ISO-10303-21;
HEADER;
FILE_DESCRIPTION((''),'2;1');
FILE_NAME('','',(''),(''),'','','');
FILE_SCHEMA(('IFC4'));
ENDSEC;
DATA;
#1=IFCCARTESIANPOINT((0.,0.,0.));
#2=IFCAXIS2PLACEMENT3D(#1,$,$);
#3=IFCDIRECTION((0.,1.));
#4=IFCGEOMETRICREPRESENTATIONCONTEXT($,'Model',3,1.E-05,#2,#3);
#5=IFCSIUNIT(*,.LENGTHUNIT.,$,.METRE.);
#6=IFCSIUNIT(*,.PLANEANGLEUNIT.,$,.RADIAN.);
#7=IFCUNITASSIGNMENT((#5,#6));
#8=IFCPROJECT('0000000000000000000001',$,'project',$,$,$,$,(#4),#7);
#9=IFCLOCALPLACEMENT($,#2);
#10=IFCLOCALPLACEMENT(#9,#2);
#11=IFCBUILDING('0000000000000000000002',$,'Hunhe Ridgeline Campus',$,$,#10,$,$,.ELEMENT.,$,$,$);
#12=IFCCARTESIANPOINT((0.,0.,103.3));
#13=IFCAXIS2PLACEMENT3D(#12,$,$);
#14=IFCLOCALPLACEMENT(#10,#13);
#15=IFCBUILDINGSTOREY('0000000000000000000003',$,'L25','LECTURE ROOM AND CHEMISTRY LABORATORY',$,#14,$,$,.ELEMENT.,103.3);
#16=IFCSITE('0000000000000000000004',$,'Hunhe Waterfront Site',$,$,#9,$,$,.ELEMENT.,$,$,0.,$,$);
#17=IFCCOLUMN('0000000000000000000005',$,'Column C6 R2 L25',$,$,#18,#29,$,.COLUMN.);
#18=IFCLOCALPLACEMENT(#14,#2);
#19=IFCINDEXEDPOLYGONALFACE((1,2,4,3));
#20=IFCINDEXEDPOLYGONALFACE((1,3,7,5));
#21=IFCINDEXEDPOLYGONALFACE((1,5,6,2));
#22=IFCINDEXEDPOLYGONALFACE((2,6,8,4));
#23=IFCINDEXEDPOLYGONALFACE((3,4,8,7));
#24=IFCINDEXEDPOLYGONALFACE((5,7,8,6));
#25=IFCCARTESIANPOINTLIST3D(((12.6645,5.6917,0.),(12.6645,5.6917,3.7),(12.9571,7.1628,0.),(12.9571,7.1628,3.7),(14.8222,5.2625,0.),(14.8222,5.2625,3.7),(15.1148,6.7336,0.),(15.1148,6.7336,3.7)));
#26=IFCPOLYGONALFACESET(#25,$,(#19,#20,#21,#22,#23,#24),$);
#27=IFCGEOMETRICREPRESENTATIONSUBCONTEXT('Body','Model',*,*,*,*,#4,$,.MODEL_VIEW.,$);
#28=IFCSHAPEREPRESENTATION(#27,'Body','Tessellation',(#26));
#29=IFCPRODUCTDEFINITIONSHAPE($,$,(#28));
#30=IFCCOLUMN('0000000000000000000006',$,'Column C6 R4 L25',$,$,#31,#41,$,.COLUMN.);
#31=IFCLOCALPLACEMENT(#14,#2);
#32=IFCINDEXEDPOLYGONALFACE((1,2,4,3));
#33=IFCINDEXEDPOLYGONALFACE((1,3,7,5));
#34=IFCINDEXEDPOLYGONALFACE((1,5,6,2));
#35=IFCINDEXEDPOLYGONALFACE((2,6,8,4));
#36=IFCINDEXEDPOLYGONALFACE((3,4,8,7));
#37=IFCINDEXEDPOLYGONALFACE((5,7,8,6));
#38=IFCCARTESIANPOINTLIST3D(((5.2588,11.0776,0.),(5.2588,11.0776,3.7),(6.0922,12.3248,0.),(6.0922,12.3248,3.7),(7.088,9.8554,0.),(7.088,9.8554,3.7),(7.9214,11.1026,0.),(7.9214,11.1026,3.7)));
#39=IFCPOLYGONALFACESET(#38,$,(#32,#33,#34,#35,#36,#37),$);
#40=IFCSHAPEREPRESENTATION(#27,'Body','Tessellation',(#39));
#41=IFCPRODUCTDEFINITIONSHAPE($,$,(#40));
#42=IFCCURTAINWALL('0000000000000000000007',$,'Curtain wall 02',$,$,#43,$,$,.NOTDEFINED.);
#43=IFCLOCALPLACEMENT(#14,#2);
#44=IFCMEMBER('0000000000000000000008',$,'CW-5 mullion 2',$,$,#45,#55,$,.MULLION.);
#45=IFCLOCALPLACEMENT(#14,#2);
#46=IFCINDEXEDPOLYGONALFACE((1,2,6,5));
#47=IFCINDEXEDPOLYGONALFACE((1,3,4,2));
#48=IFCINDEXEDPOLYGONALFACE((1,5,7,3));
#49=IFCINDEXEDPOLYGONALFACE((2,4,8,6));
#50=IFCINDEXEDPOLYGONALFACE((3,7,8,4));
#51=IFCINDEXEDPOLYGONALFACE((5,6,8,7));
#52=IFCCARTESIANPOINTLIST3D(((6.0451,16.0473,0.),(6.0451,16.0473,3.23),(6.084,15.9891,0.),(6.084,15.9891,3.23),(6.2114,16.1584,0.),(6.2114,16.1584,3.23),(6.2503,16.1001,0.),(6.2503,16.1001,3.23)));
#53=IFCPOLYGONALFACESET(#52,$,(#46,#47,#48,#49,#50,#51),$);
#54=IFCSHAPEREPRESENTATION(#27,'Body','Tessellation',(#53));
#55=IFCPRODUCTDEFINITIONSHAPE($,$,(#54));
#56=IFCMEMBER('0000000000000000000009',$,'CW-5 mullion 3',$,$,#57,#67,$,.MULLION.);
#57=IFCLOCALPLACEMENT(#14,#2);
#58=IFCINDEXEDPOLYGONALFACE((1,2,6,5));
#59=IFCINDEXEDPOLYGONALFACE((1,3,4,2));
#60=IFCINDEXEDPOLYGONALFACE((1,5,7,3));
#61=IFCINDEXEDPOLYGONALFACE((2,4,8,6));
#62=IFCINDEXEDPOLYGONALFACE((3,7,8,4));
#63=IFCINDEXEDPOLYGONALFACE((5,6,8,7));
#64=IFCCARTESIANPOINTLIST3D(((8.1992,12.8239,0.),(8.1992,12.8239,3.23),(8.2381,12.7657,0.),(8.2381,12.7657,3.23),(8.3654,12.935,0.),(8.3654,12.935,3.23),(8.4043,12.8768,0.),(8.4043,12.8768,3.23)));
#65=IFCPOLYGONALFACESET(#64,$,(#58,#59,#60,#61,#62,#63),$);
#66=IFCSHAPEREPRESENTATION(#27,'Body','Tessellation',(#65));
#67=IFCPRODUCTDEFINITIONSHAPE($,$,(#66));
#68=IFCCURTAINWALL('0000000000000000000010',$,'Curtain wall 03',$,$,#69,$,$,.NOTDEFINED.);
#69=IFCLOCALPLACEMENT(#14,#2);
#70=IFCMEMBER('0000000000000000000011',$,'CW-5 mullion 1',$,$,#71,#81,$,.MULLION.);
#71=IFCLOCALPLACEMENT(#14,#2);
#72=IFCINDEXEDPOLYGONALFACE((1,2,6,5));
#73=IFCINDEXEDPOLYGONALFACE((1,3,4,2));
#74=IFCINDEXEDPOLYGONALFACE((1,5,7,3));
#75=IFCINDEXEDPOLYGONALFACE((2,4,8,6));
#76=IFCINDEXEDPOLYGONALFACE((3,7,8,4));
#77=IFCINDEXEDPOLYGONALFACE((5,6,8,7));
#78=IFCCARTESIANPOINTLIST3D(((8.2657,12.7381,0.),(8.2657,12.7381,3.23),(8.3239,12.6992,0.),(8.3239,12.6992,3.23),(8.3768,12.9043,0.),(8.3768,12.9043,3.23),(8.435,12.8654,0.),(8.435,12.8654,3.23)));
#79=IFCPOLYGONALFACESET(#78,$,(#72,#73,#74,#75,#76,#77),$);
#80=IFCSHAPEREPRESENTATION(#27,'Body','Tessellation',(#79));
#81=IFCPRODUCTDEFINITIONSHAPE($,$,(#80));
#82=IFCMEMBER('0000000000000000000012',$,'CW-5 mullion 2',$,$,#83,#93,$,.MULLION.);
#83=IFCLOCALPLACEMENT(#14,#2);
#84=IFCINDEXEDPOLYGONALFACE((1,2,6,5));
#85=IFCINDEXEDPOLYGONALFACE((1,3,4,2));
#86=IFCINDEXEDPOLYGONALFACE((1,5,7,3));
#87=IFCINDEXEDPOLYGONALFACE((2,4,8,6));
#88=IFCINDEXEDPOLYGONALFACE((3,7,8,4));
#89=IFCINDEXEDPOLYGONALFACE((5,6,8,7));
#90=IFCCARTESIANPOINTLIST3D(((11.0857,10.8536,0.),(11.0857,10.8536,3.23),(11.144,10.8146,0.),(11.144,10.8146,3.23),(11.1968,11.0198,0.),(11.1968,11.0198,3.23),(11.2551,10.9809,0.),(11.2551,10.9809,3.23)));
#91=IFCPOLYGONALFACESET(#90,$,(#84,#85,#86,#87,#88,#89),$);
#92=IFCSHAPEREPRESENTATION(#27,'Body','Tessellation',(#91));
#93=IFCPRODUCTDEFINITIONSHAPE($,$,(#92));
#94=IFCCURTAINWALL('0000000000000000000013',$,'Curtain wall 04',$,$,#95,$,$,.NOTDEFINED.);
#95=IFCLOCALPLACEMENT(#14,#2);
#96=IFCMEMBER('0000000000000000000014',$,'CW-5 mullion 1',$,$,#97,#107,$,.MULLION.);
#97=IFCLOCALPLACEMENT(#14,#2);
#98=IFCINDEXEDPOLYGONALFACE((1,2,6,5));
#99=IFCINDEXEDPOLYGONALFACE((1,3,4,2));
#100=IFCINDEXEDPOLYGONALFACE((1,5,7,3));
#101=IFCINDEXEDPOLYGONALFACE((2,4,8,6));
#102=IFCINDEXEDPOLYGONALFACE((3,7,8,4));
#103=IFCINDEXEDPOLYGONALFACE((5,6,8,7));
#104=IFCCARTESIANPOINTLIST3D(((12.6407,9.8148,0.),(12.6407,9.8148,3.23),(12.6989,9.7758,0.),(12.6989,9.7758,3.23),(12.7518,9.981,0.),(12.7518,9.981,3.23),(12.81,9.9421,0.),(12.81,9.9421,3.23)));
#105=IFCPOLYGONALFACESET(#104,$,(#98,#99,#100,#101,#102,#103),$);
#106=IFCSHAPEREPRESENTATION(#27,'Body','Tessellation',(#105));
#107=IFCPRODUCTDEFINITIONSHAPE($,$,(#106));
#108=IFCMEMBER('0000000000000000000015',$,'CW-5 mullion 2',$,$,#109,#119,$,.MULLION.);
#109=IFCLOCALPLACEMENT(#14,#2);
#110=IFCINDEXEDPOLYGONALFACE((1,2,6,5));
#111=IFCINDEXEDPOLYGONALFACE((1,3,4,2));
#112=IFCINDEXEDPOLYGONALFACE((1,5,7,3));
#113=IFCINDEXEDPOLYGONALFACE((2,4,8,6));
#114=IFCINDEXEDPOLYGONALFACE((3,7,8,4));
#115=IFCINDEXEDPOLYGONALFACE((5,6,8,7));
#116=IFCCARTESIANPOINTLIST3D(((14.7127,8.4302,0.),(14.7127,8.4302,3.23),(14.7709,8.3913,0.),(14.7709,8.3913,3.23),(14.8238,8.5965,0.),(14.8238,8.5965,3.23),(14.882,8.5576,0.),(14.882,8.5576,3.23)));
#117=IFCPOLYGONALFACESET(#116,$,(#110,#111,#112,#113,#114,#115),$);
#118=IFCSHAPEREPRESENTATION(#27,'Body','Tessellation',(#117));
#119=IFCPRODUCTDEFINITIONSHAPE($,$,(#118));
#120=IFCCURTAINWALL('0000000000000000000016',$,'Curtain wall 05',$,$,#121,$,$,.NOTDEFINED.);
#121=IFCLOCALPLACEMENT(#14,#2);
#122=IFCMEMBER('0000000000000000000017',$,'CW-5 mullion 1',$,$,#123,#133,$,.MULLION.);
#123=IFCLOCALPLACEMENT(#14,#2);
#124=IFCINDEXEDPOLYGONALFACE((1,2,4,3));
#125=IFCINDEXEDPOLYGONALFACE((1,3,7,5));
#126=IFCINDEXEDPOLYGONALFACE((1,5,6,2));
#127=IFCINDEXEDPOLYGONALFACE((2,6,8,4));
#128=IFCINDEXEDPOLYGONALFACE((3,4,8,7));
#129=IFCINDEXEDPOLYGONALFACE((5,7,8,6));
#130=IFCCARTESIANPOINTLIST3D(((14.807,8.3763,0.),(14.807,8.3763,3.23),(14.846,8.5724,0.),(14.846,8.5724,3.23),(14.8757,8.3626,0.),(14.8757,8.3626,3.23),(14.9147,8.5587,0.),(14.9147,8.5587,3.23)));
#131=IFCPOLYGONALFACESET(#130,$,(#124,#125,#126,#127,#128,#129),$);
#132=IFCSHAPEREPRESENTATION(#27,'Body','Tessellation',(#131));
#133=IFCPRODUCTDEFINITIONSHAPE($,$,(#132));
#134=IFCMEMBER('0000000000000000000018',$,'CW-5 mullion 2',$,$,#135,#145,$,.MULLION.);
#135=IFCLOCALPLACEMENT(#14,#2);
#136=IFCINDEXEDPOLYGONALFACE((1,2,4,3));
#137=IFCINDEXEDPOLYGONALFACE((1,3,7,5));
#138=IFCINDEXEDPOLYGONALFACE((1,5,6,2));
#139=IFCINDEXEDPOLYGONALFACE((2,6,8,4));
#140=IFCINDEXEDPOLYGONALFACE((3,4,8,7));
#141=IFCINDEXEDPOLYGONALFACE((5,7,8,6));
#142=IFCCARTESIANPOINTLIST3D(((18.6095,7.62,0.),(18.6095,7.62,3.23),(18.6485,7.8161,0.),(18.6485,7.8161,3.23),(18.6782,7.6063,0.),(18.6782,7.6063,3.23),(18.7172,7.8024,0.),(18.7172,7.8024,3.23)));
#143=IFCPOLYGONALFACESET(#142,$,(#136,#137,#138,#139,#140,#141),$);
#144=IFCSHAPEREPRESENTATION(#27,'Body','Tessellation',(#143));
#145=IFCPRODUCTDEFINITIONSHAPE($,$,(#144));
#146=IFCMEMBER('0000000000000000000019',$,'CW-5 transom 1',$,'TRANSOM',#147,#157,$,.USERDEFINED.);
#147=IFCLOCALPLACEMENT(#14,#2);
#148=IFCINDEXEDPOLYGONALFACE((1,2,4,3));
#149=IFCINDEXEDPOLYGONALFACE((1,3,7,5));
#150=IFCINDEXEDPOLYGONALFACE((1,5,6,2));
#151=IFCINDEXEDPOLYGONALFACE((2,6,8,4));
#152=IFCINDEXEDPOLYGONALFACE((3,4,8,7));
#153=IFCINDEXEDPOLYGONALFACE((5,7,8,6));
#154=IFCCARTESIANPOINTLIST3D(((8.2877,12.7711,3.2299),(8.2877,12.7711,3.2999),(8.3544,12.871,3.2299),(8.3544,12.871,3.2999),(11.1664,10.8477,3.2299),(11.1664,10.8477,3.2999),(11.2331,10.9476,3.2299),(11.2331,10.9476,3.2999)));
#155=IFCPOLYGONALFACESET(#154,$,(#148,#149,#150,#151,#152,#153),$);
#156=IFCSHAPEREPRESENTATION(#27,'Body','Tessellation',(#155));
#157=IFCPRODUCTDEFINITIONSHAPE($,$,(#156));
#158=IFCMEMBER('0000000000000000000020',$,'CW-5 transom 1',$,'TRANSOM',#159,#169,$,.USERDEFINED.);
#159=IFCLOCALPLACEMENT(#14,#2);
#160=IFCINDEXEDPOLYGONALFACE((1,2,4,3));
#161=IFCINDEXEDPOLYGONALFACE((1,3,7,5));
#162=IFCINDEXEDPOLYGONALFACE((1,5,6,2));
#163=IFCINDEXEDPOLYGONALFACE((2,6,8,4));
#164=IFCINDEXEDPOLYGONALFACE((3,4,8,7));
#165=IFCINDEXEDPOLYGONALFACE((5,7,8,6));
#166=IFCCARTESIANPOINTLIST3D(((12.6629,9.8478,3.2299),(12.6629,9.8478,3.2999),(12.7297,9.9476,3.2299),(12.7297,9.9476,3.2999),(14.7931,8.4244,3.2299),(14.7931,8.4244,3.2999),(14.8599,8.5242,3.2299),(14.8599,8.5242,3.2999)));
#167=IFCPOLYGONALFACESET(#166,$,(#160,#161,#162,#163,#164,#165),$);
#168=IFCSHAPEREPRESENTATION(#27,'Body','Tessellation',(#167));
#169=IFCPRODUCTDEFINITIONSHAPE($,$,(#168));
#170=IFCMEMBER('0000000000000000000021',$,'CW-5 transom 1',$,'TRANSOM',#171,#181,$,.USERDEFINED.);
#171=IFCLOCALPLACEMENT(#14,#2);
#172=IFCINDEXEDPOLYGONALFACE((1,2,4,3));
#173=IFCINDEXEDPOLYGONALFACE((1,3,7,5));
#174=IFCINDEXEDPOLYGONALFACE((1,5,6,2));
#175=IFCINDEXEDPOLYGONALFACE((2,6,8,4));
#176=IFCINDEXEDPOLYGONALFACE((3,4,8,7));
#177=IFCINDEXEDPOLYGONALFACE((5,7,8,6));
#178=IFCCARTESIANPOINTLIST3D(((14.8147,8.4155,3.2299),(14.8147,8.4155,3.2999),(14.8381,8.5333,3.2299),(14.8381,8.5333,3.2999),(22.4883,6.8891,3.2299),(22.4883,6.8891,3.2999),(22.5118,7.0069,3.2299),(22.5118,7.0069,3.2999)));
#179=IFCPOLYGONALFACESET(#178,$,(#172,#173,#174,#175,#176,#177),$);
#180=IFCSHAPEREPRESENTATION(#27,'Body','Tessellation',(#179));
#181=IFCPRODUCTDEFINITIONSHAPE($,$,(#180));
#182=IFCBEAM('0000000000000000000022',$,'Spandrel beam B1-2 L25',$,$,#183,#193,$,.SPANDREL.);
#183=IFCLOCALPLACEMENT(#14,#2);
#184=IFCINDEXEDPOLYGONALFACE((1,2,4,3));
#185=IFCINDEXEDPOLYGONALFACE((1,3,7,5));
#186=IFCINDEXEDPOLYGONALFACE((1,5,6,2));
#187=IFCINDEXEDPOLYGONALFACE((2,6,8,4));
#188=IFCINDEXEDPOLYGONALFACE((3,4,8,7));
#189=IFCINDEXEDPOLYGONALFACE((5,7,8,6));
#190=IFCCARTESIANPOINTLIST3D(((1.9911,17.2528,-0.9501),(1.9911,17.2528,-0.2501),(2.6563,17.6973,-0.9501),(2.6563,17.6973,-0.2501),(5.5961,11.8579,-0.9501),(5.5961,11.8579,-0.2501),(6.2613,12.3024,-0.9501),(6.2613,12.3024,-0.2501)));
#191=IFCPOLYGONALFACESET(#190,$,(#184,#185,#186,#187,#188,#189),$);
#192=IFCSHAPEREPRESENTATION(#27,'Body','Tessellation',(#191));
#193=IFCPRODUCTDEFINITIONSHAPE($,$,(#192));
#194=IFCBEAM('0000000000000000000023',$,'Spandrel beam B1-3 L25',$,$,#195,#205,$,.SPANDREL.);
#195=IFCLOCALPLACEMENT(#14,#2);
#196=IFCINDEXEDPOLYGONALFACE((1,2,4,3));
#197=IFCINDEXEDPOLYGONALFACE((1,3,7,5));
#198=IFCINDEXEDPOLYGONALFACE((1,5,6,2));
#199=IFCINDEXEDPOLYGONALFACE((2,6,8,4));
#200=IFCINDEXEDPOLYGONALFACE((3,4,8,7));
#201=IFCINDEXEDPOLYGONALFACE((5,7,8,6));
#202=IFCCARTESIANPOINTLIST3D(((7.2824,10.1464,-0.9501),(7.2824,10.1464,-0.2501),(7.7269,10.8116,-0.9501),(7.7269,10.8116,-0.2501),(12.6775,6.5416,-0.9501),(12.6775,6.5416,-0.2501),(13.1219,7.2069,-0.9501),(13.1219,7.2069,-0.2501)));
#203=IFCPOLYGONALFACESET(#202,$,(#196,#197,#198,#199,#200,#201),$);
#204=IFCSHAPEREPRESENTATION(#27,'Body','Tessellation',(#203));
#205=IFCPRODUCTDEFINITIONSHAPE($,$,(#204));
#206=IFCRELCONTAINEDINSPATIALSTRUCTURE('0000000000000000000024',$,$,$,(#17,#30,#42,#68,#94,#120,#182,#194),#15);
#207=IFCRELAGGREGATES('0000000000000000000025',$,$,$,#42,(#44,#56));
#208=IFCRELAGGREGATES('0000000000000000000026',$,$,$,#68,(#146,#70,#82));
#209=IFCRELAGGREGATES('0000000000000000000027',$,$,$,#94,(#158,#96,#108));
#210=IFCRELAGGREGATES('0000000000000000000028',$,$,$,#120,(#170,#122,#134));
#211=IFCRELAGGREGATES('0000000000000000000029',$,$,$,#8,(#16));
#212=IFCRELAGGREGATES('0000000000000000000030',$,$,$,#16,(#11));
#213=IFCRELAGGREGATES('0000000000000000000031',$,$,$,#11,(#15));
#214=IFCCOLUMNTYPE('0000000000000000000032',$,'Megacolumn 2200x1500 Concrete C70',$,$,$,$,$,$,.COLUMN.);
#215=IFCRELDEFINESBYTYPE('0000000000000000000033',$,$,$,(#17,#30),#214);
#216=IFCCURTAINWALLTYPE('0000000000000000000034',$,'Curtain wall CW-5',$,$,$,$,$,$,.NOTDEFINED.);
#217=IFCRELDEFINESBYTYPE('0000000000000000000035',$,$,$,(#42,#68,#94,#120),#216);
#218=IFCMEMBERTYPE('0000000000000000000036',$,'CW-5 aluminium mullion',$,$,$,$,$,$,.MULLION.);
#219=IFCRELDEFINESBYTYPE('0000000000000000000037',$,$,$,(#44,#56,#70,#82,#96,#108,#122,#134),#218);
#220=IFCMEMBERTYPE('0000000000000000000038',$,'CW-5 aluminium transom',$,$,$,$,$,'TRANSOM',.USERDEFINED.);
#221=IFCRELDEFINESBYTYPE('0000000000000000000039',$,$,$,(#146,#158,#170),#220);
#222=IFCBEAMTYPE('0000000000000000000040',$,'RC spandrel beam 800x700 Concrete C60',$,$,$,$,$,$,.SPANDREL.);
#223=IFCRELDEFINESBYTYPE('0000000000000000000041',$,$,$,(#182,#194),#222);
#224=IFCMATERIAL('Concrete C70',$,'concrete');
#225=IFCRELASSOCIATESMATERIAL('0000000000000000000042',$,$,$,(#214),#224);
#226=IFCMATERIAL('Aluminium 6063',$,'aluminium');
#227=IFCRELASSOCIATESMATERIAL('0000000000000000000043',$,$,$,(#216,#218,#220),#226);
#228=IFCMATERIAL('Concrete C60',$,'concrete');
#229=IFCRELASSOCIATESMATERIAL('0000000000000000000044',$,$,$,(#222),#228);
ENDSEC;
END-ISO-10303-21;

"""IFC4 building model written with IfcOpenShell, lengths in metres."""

from ifc_helpers import new_model, si_unit, direction, frame, origin, origin_2d, place, context, subcontext, project, spatial, rectangle, extrude, material, material_profile, profile_set, type_object, element, aggregate, save


model = new_model("IFC4")

# Units and contexts
model_context = context("Model", 3, precision=1e-05, world=origin(), true_north=direction((0.0, 1.0)))
body_context = subcontext(model_context, "Body", "Model", "MODEL_VIEW")
ifc_project = project(units=[si_unit("LENGTHUNIT", "METRE"), si_unit("PLANEANGLEUNIT", "RADIAN")], contexts=[model_context])

# Site, building, storey
site_placement = place(None, origin())
site = spatial("IfcSite", under=ifc_project, at=site_placement, Name="Hunhe Waterfront Site", CompositionType="ELEMENT", RefElevation=0.0)
building_placement = place(site_placement, origin())
building = spatial("IfcBuilding", under=site, at=building_placement, Name="Hunhe Ridgeline Campus", CompositionType="ELEMENT")
storey_placement = place(building_placement, frame((0.0, 0.0, 103.3)))
storey = spatial("IfcBuildingStorey", under=building, at=storey_placement, Name="L25", Description="LECTURE ROOM AND CHEMISTRY LABORATORY", CompositionType="ELEMENT", Elevation=103.3)

# Columns
ifc_material_1 = material(Name="Concrete C70", Category="concrete")
ifc_material_profile_1 = material_profile(ifc_material_1, rectangle(XDim=2.2, YDim=1.5, at=origin_2d()))
ifc_profile_set_1 = profile_set([ifc_material_profile_1], Name="Concrete C70")
column_type = type_object("IfcColumnType", Name="Megacolumn 2200x1500 Concrete C70", PredefinedType="COLUMN", material=ifc_profile_set_1)
for number, where, z_axis, x_axis, name in (
    (1, (13.8896, 6.2126, 0.0), (0.0, 0.0, 1.0), (-0.980785, 0.19509, 0.0), "Column C6 R2 L25"),
    (2, (6.5901, 11.0901, 0.0), (0.0, 0.0, 1.0), (-0.83147, 0.55557, 0.0), "Column C6 R4 L25"),
):
    element("IfcColumn", number, at=place(storey_placement, frame(where, z_axis=z_axis, x_axis=x_axis)), inside=storey, type_object=column_type, Name=name, PredefinedType="COLUMN", context=body_context, shape_type="SweptSolid", body=[
        extrude(rectangle(XDim=2.2, YDim=1.5, at=origin_2d()), origin(), (0.0, 0.0, 1.0), 3.7),
    ])

# Curtain walls, members
ifc_material_2 = material(Name="Aluminium 6063", Category="aluminium")
curtain_wall_type = type_object("IfcCurtainWallType", Name="Curtain wall CW-5", PredefinedType="NOTDEFINED", material=ifc_material_2)
curtain_wall_1_placement = place(storey_placement, origin())
curtain_wall_1 = element("IfcCurtainWall", 3, at=curtain_wall_1_placement, inside=storey, type_object=curtain_wall_type, Name="Curtain wall 02", PredefinedType="NOTDEFINED")
ifc_material_profile_2 = material_profile(ifc_material_2, rectangle(XDim=0.2, YDim=0.0701, at=origin_2d()))
ifc_profile_set_2 = profile_set([ifc_material_profile_2], Name="Aluminium 6063")
member_type_1 = type_object("IfcMemberType", Name="CW-5 aluminium mullion", PredefinedType="MULLION", material=ifc_profile_set_2)
member_1_placement = place(storey_placement, frame((6.1477, 16.0737, 0.0), z_axis=(0.0, 0.0, 1.0), x_axis=(0.83147, 0.55557, 0.0)))
member_1 = element("IfcMember", 4, at=member_1_placement, type_object=member_type_1, Name="CW-5 mullion 2", PredefinedType="MULLION", context=body_context, shape_type="SweptSolid", body=[
    extrude(rectangle(XDim=0.2, YDim=0.0701, at=origin_2d()), origin(), (0.0, 0.0, 1.0), 3.23),
])
member_2_placement = place(storey_placement, frame((8.3018, 12.8503, 0.0), z_axis=(0.0, 0.0, 1.0), x_axis=(0.83147, 0.55557, 0.0)))
member_2 = element("IfcMember", 5, at=member_2_placement, type_object=member_type_1, Name="CW-5 mullion 3", PredefinedType="MULLION", context=body_context, shape_type="SweptSolid", body=[
    extrude(rectangle(XDim=0.2, YDim=0.0701, at=origin_2d()), origin(), (0.0, 0.0, 1.0), 3.23),
])
curtain_wall_2_placement = place(storey_placement, origin())
curtain_wall_2 = element("IfcCurtainWall", 6, at=curtain_wall_2_placement, inside=storey, type_object=curtain_wall_type, Name="Curtain wall 03", PredefinedType="NOTDEFINED")
member_3_placement = place(storey_placement, frame((8.3503, 12.8018, 0.0), z_axis=(0.0, 0.0, 1.0), x_axis=(0.55557, 0.83147, 0.0)))
member_3 = element("IfcMember", 7, at=member_3_placement, type_object=member_type_1, Name="CW-5 mullion 1", PredefinedType="MULLION", context=body_context, shape_type="SweptSolid", body=[
    extrude(rectangle(XDim=0.2, YDim=0.0701, at=origin_2d()), origin(), (0.0, 0.0, 1.0), 3.23),
])
member_4_placement = place(storey_placement, frame((11.1704, 10.9172, 0.0), z_axis=(0.0, 0.0, 1.0), x_axis=(0.55557, 0.83147, 0.0)))
member_4 = element("IfcMember", 8, at=member_4_placement, type_object=member_type_1, Name="CW-5 mullion 2", PredefinedType="MULLION", context=body_context, shape_type="SweptSolid", body=[
    extrude(rectangle(XDim=0.2, YDim=0.0701, at=origin_2d()), origin(), (0.0, 0.0, 1.0), 3.23),
])
curtain_wall_3_placement = place(storey_placement, origin())
curtain_wall_3 = element("IfcCurtainWall", 9, at=curtain_wall_3_placement, inside=storey, type_object=curtain_wall_type, Name="Curtain wall 04", PredefinedType="NOTDEFINED")
member_5_placement = place(storey_placement, frame((12.7253, 9.8784, 0.0), z_axis=(0.0, 0.0, 1.0), x_axis=(0.55557, 0.83147, 0.0)))
member_5 = element("IfcMember", 10, at=member_5_placement, type_object=member_type_1, Name="CW-5 mullion 1", PredefinedType="MULLION", context=body_context, shape_type="SweptSolid", body=[
    extrude(rectangle(XDim=0.2, YDim=0.0701, at=origin_2d()), origin(), (0.0, 0.0, 1.0), 3.23),
])
member_6_placement = place(storey_placement, frame((14.7974, 8.4939, 0.0), z_axis=(0.0, 0.0, 1.0), x_axis=(0.55557, 0.83147, 0.0)))
member_6 = element("IfcMember", 11, at=member_6_placement, type_object=member_type_1, Name="CW-5 mullion 2", PredefinedType="MULLION", context=body_context, shape_type="SweptSolid", body=[
    extrude(rectangle(XDim=0.2, YDim=0.0701, at=origin_2d()), origin(), (0.0, 0.0, 1.0), 3.23),
])
curtain_wall_4_placement = place(storey_placement, origin())
curtain_wall_4 = element("IfcCurtainWall", 12, at=curtain_wall_4_placement, inside=storey, type_object=curtain_wall_type, Name="Curtain wall 05", PredefinedType="NOTDEFINED")
member_7_placement = place(storey_placement, frame((14.8608, 8.4675, 0.0), z_axis=(0.0, 0.0, 1.0), x_axis=(0.19509, 0.980785, 0.0)))
member_7 = element("IfcMember", 13, at=member_7_placement, type_object=member_type_1, Name="CW-5 mullion 1", PredefinedType="MULLION", context=body_context, shape_type="SweptSolid", body=[
    extrude(rectangle(XDim=0.2, YDim=0.0701, at=origin_2d()), origin(), (0.0, 0.0, 1.0), 3.23),
])
member_8_placement = place(storey_placement, frame((18.6633, 7.7112, 0.0), z_axis=(0.0, 0.0, 1.0), x_axis=(0.19509, 0.980785, 0.0)))
member_8 = element("IfcMember", 14, at=member_8_placement, type_object=member_type_1, Name="CW-5 mullion 2", PredefinedType="MULLION", context=body_context, shape_type="SweptSolid", body=[
    extrude(rectangle(XDim=0.2, YDim=0.0701, at=origin_2d()), origin(), (0.0, 0.0, 1.0), 3.23),
])

# Members
ifc_material_profile_3 = material_profile(ifc_material_2, rectangle(XDim=0.1201, YDim=0.0701, at=origin_2d()))
ifc_profile_set_3 = profile_set([ifc_material_profile_3], Name="Aluminium 6063")
member_type_2 = type_object("IfcMemberType", Name="CW-5 aluminium transom", ElementType="TRANSOM", PredefinedType="USERDEFINED", material=ifc_profile_set_3)
member_9_placement = place(storey_placement, frame((8.321, 12.821, 3.2649), z_axis=(0.831486, -0.555546, 0.0), x_axis=(0.555546, 0.831486, 0.0)))
member_9 = element("IfcMember", 15, at=member_9_placement, type_object=member_type_2, Name="CW-5 transom 1", ObjectType="TRANSOM", PredefinedType="USERDEFINED", context=body_context, shape_type="SweptSolid", body=[
    extrude(rectangle(XDim=0.1201, YDim=0.0701, at=origin_2d()), origin(), (0.0, 0.0, 1.0), 3.4622),
])
member_10_placement = place(storey_placement, frame((12.6963, 9.8977, 3.2649), z_axis=(0.831463, -0.55558, 0.0), x_axis=(0.55558, 0.831463, 0.0)))
member_10 = element("IfcMember", 16, at=member_10_placement, type_object=member_type_2, Name="CW-5 transom 1", ObjectType="TRANSOM", PredefinedType="USERDEFINED", context=body_context, shape_type="SweptSolid", body=[
    extrude(rectangle(XDim=0.1201, YDim=0.0701, at=origin_2d()), origin(), (0.0, 0.0, 1.0), 2.562),
])
member_11_placement = place(storey_placement, frame((14.8264, 8.4744, 3.2649), z_axis=(0.980785, -0.19509, 0.0), x_axis=(0.19509, 0.980785, 0.0)))
member_11 = element("IfcMember", 17, at=member_11_placement, type_object=member_type_2, Name="CW-5 transom 1", ObjectType="TRANSOM", PredefinedType="USERDEFINED", context=body_context, shape_type="SweptSolid", body=[
    extrude(rectangle(XDim=0.1201, YDim=0.0701, at=origin_2d()), origin(), (0.0, 0.0, 1.0), 7.824),
])

# Beams
ifc_material_3 = material(Name="Concrete C60", Category="concrete")
ifc_material_profile_4 = material_profile(ifc_material_3, rectangle(XDim=0.8, YDim=0.7, at=origin_2d()))
ifc_profile_set_4 = profile_set([ifc_material_profile_4], Name="Concrete C60")
beam_type = type_object("IfcBeamType", Name="RC spandrel beam 800x700 Concrete C60", PredefinedType="SPANDREL", material=ifc_profile_set_4)
for number, where, z_axis, x_axis, name in (
    (18, (2.3237, 17.4751, -0.6001), (0.555586, -0.831459, 0.0), (0.831459, 0.555586, 0.0), "Spandrel beam B1-2 L25"),
    (19, (7.5046, 10.479, -0.6001), (0.831477, -0.55556, 0.0), (0.55556, 0.831477, 0.0), "Spandrel beam B1-3 L25"),
):
    element("IfcBeam", number, at=place(storey_placement, frame(where, z_axis=z_axis, x_axis=x_axis)), inside=storey, type_object=beam_type, Name=name, PredefinedType="SPANDREL", context=body_context, shape_type="SweptSolid", body=[
        extrude(rectangle(XDim=0.8, YDim=0.7, at=origin_2d()), origin(), (0.0, 0.0, 1.0), 6.4885),
    ])

aggregate(curtain_wall_1, [member_1, member_2])
aggregate(curtain_wall_2, [member_9, member_3, member_4])
aggregate(curtain_wall_3, [member_10, member_5, member_6])
aggregate(curtain_wall_4, [member_11, member_7, member_8])

save(model, "model.ifc")
